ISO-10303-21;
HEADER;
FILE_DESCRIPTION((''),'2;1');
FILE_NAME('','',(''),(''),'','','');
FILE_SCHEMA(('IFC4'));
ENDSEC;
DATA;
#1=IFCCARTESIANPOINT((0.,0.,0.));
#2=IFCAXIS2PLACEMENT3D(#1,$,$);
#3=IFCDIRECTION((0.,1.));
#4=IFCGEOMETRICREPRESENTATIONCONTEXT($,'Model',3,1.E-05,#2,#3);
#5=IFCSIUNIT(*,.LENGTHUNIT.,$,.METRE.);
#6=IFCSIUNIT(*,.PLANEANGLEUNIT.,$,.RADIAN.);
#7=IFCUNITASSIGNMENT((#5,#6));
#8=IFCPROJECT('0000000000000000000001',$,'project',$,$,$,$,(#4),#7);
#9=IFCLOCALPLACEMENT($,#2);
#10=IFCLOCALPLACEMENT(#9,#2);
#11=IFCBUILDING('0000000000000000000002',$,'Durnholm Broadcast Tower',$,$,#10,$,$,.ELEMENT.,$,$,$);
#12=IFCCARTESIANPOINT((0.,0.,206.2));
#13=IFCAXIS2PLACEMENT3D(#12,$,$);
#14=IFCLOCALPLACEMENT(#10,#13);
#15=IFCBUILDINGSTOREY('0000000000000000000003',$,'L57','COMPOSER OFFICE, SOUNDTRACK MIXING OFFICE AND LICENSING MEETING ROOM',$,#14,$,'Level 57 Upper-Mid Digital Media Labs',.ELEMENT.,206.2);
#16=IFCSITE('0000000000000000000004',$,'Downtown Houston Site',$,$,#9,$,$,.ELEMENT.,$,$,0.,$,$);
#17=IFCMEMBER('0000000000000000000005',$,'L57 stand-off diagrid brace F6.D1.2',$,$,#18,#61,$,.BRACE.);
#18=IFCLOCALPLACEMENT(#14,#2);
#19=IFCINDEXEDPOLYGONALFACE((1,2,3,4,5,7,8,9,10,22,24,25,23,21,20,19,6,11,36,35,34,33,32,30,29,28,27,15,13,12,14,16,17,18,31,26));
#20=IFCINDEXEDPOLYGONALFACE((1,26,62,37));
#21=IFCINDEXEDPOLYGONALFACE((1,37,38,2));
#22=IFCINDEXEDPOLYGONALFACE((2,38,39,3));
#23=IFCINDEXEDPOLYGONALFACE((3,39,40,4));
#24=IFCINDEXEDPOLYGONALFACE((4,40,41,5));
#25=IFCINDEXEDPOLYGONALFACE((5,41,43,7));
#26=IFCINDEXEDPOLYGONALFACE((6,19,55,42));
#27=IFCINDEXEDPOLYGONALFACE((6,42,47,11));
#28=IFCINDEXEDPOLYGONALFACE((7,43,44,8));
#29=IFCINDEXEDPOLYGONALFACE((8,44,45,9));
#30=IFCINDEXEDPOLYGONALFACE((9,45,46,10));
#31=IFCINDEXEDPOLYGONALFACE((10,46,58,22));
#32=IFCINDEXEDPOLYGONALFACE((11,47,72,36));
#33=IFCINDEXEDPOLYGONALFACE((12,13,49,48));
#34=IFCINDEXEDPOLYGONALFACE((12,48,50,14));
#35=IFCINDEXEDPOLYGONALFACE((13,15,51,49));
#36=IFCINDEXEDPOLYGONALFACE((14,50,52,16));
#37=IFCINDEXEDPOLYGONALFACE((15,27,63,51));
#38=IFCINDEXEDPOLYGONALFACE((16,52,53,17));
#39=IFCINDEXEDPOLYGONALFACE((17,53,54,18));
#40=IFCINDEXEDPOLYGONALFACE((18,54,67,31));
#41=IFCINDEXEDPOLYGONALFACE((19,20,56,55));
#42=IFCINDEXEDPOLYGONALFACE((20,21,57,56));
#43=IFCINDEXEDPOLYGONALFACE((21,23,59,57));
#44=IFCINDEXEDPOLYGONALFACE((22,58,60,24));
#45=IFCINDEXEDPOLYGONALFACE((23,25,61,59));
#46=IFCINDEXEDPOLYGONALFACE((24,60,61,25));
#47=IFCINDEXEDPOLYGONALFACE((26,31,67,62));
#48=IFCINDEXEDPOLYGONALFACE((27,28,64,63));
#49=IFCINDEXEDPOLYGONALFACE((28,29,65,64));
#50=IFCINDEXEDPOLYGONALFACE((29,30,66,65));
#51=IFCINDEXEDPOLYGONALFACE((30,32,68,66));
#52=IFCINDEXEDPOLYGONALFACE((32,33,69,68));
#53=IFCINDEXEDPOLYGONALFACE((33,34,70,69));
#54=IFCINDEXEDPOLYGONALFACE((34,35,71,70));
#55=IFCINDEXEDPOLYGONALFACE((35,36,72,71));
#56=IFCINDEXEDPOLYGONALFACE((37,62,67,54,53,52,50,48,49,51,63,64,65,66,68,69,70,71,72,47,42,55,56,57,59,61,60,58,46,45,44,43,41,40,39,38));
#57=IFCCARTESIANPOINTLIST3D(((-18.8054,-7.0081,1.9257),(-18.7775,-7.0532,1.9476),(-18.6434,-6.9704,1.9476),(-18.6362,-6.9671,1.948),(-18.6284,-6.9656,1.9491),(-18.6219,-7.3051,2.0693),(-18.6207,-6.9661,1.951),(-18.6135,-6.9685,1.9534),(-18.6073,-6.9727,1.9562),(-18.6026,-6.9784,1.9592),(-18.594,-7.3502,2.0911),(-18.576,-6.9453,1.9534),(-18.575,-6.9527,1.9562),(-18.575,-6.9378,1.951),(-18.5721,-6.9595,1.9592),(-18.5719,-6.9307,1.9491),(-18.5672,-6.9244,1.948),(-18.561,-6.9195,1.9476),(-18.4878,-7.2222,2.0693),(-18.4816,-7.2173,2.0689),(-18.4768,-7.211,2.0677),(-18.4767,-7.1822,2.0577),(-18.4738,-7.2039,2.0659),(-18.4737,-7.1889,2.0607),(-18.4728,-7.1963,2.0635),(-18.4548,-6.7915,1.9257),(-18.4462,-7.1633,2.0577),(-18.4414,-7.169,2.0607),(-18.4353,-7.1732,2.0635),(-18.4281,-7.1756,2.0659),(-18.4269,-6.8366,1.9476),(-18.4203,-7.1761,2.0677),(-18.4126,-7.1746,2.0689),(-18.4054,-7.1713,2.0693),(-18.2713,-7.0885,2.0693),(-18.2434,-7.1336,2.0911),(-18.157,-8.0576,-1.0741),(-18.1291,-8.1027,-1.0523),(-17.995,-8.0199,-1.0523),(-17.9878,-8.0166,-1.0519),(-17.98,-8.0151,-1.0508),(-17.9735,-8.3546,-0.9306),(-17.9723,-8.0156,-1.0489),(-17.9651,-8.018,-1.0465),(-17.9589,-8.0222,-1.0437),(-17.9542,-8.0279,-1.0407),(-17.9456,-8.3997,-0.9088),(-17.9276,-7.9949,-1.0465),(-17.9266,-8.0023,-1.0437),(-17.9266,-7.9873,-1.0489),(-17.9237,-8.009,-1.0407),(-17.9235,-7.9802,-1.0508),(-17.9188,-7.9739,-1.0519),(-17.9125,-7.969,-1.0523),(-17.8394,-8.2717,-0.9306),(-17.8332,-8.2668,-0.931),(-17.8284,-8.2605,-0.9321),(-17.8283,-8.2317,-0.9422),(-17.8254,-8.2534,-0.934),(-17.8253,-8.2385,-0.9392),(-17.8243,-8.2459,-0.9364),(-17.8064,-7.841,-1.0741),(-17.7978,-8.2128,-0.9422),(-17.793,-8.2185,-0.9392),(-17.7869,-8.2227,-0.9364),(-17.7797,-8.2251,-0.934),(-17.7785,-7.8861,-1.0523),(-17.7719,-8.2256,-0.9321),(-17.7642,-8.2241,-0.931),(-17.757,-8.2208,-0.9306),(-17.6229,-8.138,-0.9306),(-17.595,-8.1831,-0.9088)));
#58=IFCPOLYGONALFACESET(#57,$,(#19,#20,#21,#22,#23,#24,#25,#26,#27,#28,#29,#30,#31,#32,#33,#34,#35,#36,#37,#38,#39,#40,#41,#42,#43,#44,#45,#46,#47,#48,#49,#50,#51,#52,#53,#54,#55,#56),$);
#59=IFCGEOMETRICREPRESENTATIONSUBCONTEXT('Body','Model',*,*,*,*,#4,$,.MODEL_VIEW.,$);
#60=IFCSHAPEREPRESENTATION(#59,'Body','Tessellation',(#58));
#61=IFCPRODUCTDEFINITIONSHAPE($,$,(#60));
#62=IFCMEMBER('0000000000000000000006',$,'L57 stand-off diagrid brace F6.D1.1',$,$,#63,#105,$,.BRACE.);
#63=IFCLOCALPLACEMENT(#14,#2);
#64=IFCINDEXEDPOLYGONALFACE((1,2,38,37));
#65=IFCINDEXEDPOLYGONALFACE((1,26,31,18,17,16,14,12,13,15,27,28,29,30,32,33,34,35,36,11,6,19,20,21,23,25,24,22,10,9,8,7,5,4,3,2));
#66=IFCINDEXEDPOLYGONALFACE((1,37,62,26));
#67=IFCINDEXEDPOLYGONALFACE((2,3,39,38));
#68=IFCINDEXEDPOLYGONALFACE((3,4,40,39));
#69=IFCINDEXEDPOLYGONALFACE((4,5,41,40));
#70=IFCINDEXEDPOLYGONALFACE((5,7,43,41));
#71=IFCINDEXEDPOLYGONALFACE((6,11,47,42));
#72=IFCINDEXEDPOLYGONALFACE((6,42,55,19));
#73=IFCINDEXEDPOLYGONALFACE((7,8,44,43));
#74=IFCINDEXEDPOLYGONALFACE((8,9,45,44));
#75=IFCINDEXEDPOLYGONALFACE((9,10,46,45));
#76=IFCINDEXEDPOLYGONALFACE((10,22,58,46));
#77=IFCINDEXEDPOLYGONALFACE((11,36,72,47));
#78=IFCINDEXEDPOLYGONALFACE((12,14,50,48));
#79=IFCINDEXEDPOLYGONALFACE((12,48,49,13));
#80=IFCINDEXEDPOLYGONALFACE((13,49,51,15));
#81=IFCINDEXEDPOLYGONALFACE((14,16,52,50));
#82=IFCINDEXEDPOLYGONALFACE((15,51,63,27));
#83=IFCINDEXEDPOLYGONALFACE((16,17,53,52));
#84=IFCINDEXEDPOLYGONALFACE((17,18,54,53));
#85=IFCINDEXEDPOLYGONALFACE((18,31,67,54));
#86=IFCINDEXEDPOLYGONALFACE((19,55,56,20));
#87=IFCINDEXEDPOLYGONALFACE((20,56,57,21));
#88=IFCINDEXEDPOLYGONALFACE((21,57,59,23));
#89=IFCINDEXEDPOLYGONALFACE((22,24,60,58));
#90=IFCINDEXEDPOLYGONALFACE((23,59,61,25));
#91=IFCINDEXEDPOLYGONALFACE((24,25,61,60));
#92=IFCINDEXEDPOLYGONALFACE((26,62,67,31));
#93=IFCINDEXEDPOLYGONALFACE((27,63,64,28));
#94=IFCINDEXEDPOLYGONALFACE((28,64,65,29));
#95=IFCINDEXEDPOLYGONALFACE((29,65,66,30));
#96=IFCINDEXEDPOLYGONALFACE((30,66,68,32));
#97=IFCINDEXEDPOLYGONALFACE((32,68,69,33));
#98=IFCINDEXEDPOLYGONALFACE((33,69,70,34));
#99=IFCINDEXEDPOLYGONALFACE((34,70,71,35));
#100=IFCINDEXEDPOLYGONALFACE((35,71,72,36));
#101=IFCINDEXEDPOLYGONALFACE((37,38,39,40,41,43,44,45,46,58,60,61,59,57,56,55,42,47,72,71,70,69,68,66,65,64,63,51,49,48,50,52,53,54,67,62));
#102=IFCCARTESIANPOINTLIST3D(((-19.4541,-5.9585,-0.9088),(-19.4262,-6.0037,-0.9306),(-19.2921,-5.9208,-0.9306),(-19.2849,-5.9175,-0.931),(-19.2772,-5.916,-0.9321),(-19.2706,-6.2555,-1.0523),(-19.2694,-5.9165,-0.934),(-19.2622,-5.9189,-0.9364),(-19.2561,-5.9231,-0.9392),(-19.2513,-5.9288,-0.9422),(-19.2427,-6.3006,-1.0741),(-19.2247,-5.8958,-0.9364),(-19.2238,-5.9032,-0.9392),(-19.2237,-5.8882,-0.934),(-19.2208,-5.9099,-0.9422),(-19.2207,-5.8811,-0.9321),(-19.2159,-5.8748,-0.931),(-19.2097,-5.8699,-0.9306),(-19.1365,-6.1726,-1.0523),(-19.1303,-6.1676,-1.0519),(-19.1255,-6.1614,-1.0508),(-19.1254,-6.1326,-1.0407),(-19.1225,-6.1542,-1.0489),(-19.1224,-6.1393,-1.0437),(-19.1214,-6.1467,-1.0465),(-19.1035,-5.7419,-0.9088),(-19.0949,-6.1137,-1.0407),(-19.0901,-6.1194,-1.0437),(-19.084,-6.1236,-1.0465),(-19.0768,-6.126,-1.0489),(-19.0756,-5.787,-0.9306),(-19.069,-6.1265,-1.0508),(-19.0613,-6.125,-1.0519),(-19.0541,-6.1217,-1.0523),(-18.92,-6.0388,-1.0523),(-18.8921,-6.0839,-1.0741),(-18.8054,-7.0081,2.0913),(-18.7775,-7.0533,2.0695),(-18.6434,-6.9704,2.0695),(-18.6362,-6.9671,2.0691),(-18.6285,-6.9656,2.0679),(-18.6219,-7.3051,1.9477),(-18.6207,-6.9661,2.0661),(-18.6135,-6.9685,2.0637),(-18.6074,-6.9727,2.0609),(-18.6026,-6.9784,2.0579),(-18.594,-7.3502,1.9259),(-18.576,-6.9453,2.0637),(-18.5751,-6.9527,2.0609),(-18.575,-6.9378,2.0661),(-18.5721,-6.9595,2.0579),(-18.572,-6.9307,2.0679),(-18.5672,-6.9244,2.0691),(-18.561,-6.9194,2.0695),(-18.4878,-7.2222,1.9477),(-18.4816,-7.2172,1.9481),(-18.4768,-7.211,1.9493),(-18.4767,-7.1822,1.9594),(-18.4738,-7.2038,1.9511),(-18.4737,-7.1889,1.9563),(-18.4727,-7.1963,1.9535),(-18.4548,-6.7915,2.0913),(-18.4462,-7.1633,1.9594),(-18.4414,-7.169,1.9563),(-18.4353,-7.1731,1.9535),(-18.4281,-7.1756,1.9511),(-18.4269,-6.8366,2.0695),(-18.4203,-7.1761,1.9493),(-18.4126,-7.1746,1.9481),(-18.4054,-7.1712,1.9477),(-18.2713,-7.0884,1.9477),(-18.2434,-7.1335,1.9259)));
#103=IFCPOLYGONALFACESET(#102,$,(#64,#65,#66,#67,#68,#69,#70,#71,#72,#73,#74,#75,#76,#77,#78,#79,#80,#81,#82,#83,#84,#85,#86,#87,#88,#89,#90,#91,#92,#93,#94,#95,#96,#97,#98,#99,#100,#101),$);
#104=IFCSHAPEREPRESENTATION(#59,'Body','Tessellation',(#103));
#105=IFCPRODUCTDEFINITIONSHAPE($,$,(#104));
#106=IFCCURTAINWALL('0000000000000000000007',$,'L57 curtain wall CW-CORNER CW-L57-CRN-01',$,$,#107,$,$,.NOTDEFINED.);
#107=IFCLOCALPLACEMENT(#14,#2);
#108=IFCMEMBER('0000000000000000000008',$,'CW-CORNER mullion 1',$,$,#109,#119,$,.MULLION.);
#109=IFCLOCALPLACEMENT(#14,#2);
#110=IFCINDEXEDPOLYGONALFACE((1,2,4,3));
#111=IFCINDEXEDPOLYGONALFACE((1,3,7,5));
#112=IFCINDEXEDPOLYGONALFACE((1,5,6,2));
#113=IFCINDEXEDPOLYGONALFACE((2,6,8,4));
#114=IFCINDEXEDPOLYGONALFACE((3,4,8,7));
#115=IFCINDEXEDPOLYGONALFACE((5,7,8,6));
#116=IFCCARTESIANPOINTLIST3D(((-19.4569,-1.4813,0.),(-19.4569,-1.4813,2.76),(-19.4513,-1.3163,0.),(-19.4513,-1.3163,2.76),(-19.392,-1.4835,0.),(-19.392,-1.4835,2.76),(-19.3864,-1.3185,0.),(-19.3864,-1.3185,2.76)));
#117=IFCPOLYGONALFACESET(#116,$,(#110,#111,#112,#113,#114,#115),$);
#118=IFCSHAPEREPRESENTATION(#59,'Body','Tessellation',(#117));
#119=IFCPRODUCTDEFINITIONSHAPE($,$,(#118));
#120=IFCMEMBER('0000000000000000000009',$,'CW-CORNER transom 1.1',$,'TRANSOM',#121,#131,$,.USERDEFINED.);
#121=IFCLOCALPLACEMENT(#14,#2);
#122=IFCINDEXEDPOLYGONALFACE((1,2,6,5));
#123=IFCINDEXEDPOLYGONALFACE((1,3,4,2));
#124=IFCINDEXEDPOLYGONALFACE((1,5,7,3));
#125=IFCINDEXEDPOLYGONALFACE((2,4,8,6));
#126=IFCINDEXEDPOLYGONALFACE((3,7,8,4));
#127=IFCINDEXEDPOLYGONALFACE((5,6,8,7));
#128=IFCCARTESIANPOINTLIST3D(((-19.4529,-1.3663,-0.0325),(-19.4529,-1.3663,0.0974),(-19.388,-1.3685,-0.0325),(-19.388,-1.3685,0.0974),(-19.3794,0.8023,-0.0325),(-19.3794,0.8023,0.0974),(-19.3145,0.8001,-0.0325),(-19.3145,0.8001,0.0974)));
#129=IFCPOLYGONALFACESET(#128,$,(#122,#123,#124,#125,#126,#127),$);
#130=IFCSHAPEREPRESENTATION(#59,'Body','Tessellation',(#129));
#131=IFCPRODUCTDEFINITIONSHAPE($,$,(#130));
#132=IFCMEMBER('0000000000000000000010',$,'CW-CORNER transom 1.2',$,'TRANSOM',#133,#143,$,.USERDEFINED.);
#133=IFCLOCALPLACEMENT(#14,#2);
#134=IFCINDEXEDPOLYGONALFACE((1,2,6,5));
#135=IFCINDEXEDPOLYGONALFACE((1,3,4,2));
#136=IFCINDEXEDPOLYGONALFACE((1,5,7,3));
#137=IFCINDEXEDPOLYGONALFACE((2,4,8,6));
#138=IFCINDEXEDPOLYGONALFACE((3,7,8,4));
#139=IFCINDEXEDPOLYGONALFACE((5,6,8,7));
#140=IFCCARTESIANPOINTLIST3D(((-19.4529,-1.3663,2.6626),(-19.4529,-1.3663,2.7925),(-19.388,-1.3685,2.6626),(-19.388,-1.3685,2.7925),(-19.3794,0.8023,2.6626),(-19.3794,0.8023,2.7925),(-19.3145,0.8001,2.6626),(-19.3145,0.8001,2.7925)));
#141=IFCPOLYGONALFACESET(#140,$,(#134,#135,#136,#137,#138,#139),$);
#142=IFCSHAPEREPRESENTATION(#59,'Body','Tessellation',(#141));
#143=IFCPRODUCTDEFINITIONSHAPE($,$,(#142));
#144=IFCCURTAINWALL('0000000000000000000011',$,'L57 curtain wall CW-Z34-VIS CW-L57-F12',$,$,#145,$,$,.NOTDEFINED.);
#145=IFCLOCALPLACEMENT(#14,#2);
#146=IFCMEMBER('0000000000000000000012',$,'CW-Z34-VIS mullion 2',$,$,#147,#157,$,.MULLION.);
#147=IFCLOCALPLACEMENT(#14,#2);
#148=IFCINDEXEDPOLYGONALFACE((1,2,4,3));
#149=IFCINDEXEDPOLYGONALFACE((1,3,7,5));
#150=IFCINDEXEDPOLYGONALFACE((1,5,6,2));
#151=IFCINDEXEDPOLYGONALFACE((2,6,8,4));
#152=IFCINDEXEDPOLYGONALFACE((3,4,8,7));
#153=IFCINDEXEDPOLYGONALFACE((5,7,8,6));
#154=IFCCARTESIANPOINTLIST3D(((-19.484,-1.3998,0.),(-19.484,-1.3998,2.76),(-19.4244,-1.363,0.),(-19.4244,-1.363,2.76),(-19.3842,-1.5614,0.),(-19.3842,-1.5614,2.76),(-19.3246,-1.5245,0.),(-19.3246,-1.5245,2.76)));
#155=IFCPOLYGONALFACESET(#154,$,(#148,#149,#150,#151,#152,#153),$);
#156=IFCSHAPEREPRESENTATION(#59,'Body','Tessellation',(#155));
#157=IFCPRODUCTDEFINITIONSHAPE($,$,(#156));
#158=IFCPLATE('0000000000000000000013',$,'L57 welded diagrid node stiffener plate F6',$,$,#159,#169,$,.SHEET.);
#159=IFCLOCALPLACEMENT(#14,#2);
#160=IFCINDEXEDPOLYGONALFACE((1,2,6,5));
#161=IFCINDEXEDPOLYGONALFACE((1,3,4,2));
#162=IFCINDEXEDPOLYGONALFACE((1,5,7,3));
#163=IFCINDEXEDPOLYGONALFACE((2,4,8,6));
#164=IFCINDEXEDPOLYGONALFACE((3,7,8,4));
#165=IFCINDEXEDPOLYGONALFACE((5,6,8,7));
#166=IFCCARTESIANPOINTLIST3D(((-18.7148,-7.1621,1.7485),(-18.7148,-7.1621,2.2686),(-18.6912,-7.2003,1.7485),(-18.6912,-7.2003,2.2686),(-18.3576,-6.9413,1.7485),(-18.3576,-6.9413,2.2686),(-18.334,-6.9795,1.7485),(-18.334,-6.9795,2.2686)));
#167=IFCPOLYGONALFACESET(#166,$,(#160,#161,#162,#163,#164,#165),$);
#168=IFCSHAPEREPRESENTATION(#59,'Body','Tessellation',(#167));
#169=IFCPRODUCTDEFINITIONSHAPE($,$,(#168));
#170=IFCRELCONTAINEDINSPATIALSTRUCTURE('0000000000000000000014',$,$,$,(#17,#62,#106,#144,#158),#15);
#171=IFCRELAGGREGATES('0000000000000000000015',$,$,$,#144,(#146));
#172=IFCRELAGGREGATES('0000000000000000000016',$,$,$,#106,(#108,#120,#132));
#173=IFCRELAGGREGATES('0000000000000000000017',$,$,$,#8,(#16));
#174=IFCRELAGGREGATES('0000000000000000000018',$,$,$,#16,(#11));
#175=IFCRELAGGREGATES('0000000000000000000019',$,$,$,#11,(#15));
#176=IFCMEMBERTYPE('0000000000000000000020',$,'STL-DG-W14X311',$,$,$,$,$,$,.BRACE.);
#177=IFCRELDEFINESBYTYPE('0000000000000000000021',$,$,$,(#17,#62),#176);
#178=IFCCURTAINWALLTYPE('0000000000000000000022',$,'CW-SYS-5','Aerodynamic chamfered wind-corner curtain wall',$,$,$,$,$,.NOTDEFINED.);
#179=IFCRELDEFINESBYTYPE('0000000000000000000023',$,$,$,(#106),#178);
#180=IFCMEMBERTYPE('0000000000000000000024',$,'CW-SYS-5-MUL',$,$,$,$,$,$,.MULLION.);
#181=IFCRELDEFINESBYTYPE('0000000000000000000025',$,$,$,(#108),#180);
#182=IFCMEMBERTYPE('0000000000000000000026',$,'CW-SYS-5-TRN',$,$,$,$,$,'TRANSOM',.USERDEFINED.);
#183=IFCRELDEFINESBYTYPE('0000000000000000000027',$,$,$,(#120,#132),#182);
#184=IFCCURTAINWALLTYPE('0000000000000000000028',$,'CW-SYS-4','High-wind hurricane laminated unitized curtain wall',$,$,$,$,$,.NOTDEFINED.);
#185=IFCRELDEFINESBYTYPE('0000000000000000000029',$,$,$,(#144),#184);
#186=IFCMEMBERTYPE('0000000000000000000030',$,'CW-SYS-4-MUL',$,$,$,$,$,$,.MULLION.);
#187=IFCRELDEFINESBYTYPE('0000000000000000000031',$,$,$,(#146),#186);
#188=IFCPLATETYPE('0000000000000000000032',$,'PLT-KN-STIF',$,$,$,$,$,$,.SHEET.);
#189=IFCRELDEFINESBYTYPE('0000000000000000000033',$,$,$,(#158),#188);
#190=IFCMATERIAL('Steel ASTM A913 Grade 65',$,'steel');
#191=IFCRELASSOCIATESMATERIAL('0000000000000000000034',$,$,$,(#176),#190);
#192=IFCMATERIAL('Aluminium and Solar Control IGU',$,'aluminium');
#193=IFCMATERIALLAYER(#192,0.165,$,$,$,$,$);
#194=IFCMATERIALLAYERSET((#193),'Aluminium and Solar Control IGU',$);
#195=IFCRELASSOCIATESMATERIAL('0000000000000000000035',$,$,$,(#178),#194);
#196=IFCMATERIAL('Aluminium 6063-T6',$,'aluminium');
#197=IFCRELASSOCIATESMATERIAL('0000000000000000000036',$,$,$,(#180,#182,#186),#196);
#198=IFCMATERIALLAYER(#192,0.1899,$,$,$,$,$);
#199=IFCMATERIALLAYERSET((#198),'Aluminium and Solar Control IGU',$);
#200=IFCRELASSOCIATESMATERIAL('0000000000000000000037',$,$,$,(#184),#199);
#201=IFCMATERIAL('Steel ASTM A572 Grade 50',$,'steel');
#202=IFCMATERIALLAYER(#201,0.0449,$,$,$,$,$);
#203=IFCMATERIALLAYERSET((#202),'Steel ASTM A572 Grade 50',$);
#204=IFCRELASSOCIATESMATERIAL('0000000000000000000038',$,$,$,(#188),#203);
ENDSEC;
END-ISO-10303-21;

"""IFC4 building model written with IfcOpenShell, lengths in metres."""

from ifc_helpers import new_model, si_unit, direction, frame, origin, origin_2d, place, context, subcontext, project, spatial, rectangle, i_section, extrude, source, transform, mapped, material, layer, layer_set, material_profile, profile_set, type_object, type_shapes, element, aggregate, save


model = new_model("IFC4")

# Units and contexts
model_context = context("Model", 3, precision=1e-05, world=origin(), true_north=direction((0.0, 1.0)))
body_context = subcontext(model_context, "Body", "Model", "MODEL_VIEW")
ifc_project = project(units=[si_unit("LENGTHUNIT", "METRE"), si_unit("PLANEANGLEUNIT", "RADIAN")], contexts=[model_context])

# Site, building, storey
site_placement = place(None, origin())
site = spatial("IfcSite", under=ifc_project, at=site_placement, Name="Downtown Houston Site", CompositionType="ELEMENT", RefElevation=0.0)
building_placement = place(site_placement, origin())
building = spatial("IfcBuilding", under=site, at=building_placement, Name="Durnholm Broadcast Tower", CompositionType="ELEMENT")
storey_placement = place(building_placement, frame((0.0, 0.0, 206.2)))
storey = spatial("IfcBuildingStorey", under=building, at=storey_placement, Name="L57", Description="COMPOSER OFFICE, SOUNDTRACK MIXING OFFICE AND LICENSING MEETING ROOM", LongName="Level 57 Upper-Mid Digital Media Labs", CompositionType="ELEMENT", Elevation=206.2)

# Members
ifc_material_1 = material(Name="Steel ASTM A913 Grade 65", Category="steel")
ifc_material_profile_1 = material_profile(ifc_material_1, i_section(OverallWidth=0.4121, OverallDepth=0.4348, WebThickness=0.0359, FlangeThickness=0.0574, FilletRadius=0.0305, at=origin_2d()), Name="W14X311")
ifc_profile_set_1 = profile_set([ifc_material_profile_1], Name="Steel ASTM A913 Grade 65")
member_type_1 = type_object("IfcMemberType", Name="STL-DG-W14X311", PredefinedType="BRACE", material=ifc_profile_set_1)
shared_shape_1 = source(origin(), body_context, "Body", "SweptSolid", [
    extrude(i_section(OverallWidth=0.4121, OverallDepth=0.4348, WebThickness=0.0359, FlangeThickness=0.0574, FilletRadius=0.0305, at=origin_2d()), origin(), (0.0, 0.0, 1.0), 3.2437),
])
member_1_placement = place(storey_placement, frame((-17.876, -8.1204, -0.9915), z_axis=(-0.199902, 0.323562, 0.92485), x_axis=(-0.850733, -0.525598, 0.0)))
element("IfcMember", 1, at=member_1_placement, inside=storey, type_object=member_type_1, Name="L57 stand-off diagrid brace F6.D1.2", PredefinedType="BRACE", context=body_context, shape_type="MappedRepresentation", body=[
    mapped(shared_shape_1, transform((0.0, 0.0, 0.0), x_axis=(1.0, 0.0, 0.0), y_axis=(0.0, 1.0, 0.0), z_axis=(0.0, 0.0, 1.0), scale=1.0)),
])
shared_shape_2 = source(origin(), body_context, "Body", "SweptSolid", [
    extrude(i_section(OverallWidth=0.4121, OverallDepth=0.4348, WebThickness=0.0359, FlangeThickness=0.0574, FilletRadius=0.0305, at=origin_2d()), origin(), (0.0, 0.0, 1.0), 3.2439),
])
type_shapes(member_type_1, [shared_shape_1, shared_shape_2])
member_2_placement = place(storey_placement, frame((-19.1731, -6.0212, -0.9915), z_axis=(0.199975, -0.323557, 0.924836), x_axis=(0.850644, 0.525741, 0.0)))
element("IfcMember", 2, at=member_2_placement, inside=storey, type_object=member_type_1, Name="L57 stand-off diagrid brace F6.D1.1", PredefinedType="BRACE", context=body_context, shape_type="MappedRepresentation", body=[
    mapped(shared_shape_2, transform((0.0, 0.0, 0.0), x_axis=(1.0, 0.0, 0.0), y_axis=(0.0, 1.0, 0.0), z_axis=(0.0, 0.0, 1.0), scale=1.0)),
])

# Curtain wall, members
ifc_material_2 = material(Name="Aluminium and Solar Control IGU", Category="aluminium")
ifc_layer_1 = layer(ifc_material_2, 0.165)
ifc_layer_set_1 = layer_set([ifc_layer_1], Name="Aluminium and Solar Control IGU")
curtain_wall_type_1 = type_object("IfcCurtainWallType", Name="CW-SYS-5", Description="Aerodynamic chamfered wind-corner curtain wall", PredefinedType="NOTDEFINED", material=ifc_layer_set_1)
curtain_wall_1_placement = place(storey_placement, origin())
curtain_wall_1 = element("IfcCurtainWall", 3, at=curtain_wall_1_placement, inside=storey, type_object=curtain_wall_type_1, Name="L57 curtain wall CW-CORNER CW-L57-CRN-01", PredefinedType="NOTDEFINED")
ifc_material_3 = material(Name="Aluminium 6063-T6", Category="aluminium")
ifc_material_profile_2 = material_profile(ifc_material_3, rectangle(XDim=0.0649, YDim=0.165, at=origin_2d()), Name="CWM65X165")
ifc_profile_set_2 = profile_set([ifc_material_profile_2], Name="Aluminium 6063-T6")
member_type_2 = type_object("IfcMemberType", Name="CW-SYS-5-MUL", PredefinedType="MULLION", material=ifc_profile_set_2)
shared_shape_3 = source(origin(), body_context, "Body", "SweptSolid", [
    extrude(rectangle(XDim=0.0649, YDim=0.165, at=origin_2d()), origin(), (0.0, 0.0, 1.0), 2.76),
])
type_shapes(member_type_2, [shared_shape_3])
member_3_placement = place(storey_placement, frame((-19.4216, -1.3999, 0.0), z_axis=(0.0, 0.0, 1.0), x_axis=(-0.999425, 0.033913, 0.0)))
member_3 = element("IfcMember", 4, at=member_3_placement, type_object=member_type_2, Name="CW-CORNER mullion 1", PredefinedType="MULLION", context=body_context, shape_type="MappedRepresentation", body=[
    mapped(shared_shape_3, transform((0.0, 0.0, 0.0), x_axis=(1.0, 0.0, 0.0), y_axis=(0.0, 1.0, 0.0), z_axis=(0.0, 0.0, 1.0), scale=1.0)),
])
ifc_material_profile_3 = material_profile(ifc_material_3, rectangle(XDim=0.0649, YDim=0.1299, at=origin_2d()), Name="CWT65X130")
ifc_profile_set_3 = profile_set([ifc_material_profile_3], Name="Aluminium 6063-T6")
member_type_3 = type_object("IfcMemberType", Name="CW-SYS-5-TRN", ElementType="TRANSOM", PredefinedType="USERDEFINED", material=ifc_profile_set_3)
shared_shape_4 = source(origin(), body_context, "Body", "SweptSolid", [
    extrude(rectangle(XDim=0.0649, YDim=0.1299, at=origin_2d()), origin(), (0.0, 0.0, 1.0), 2.1699),
])
type_shapes(member_type_3, [shared_shape_4])
member_4_placement = place(storey_placement, frame((-19.4204, -1.3674, 0.0325), z_axis=(0.033866, 0.999426, 0.0), x_axis=(-0.999426, 0.033866, 0.0)))
member_4 = element("IfcMember", 5, at=member_4_placement, type_object=member_type_3, Name="CW-CORNER transom 1.1", ObjectType="TRANSOM", PredefinedType="USERDEFINED", context=body_context, shape_type="MappedRepresentation", body=[
    mapped(shared_shape_4, transform((0.0, 0.0, 0.0), x_axis=(1.0, 0.0, 0.0), y_axis=(0.0, 1.0, 0.0), z_axis=(0.0, 0.0, 1.0), scale=1.0)),
])
member_5_placement = place(storey_placement, frame((-19.4204, -1.3674, 2.7275), z_axis=(0.033866, 0.999426, 0.0), x_axis=(-0.999426, 0.033866, 0.0)))
member_5 = element("IfcMember", 6, at=member_5_placement, type_object=member_type_3, Name="CW-CORNER transom 1.2", ObjectType="TRANSOM", PredefinedType="USERDEFINED", context=body_context, shape_type="MappedRepresentation", body=[
    mapped(shared_shape_4, transform((0.0, 0.0, 0.0), x_axis=(1.0, 0.0, 0.0), y_axis=(0.0, 1.0, 0.0), z_axis=(0.0, 0.0, 1.0), scale=1.0)),
])

# Curtain wall, member
ifc_layer_2 = layer(ifc_material_2, 0.1899)
ifc_layer_set_2 = layer_set([ifc_layer_2], Name="Aluminium and Solar Control IGU")
curtain_wall_type_2 = type_object("IfcCurtainWallType", Name="CW-SYS-4", Description="High-wind hurricane laminated unitized curtain wall", PredefinedType="NOTDEFINED", material=ifc_layer_set_2)
curtain_wall_2_placement = place(storey_placement, origin())
curtain_wall_2 = element("IfcCurtainWall", 7, at=curtain_wall_2_placement, inside=storey, type_object=curtain_wall_type_2, Name="L57 curtain wall CW-Z34-VIS CW-L57-F12", PredefinedType="NOTDEFINED")
ifc_material_profile_4 = material_profile(ifc_material_3, rectangle(XDim=0.0701, YDim=0.1899, at=origin_2d()), Name="CWM70X190")
ifc_profile_set_4 = profile_set([ifc_material_profile_4], Name="Aluminium 6063-T6")
member_type_4 = type_object("IfcMemberType", Name="CW-SYS-4-MUL", PredefinedType="MULLION", material=ifc_profile_set_4)
shared_shape_5 = source(origin(), body_context, "Body", "SweptSolid", [
    extrude(rectangle(XDim=0.0701, YDim=0.1899, at=origin_2d()), origin(), (0.0, 0.0, 1.0), 2.76),
])
type_shapes(member_type_4, [shared_shape_5])
member_6_placement = place(storey_placement, frame((-19.4043, -1.4622, 0.0), z_axis=(0.0, 0.0, 1.0), x_axis=(-0.850671, -0.525698, 0.0)))
member_6 = element("IfcMember", 8, at=member_6_placement, type_object=member_type_4, Name="CW-Z34-VIS mullion 2", PredefinedType="MULLION", context=body_context, shape_type="MappedRepresentation", body=[
    mapped(shared_shape_5, transform((0.0, 0.0, 0.0), x_axis=(1.0, 0.0, 0.0), y_axis=(0.0, 1.0, 0.0), z_axis=(0.0, 0.0, 1.0), scale=1.0)),
])
aggregate(curtain_wall_2, [member_6])

# Plate
ifc_material_4 = material(Name="Steel ASTM A572 Grade 50", Category="steel")
ifc_layer_3 = layer(ifc_material_4, 0.0449)
ifc_layer_set_3 = layer_set([ifc_layer_3], Name="Steel ASTM A572 Grade 50")
plate_type_1 = type_object("IfcPlateType", Name="PLT-KN-STIF", PredefinedType="SHEET", material=ifc_layer_set_3)
shared_shape_6 = source(origin(), body_context, "Body", "SweptSolid", [
    extrude(rectangle(XDim=0.0449, YDim=0.4199, at=origin_2d()), origin(), (0.0, 0.0, 1.0), 0.52),
])
type_shapes(plate_type_1, [shared_shape_6])
plate_1_placement = place(storey_placement, frame((-18.5244, -7.0708, 1.7485), z_axis=(0.0, 0.0, 1.0), x_axis=(0.525769, -0.850628, 0.0)))
element("IfcPlate", 9, at=plate_1_placement, inside=storey, type_object=plate_type_1, Name="L57 welded diagrid node stiffener plate F6", PredefinedType="SHEET", context=body_context, shape_type="MappedRepresentation", body=[
    mapped(shared_shape_6, transform((0.0, 0.0, 0.0), x_axis=(1.0, 0.0, 0.0), y_axis=(0.0, 1.0, 0.0), z_axis=(0.0, 0.0, 1.0), scale=1.0)),
])

aggregate(curtain_wall_1, [member_3, member_4, member_5])

save(model, "model.ifc")
